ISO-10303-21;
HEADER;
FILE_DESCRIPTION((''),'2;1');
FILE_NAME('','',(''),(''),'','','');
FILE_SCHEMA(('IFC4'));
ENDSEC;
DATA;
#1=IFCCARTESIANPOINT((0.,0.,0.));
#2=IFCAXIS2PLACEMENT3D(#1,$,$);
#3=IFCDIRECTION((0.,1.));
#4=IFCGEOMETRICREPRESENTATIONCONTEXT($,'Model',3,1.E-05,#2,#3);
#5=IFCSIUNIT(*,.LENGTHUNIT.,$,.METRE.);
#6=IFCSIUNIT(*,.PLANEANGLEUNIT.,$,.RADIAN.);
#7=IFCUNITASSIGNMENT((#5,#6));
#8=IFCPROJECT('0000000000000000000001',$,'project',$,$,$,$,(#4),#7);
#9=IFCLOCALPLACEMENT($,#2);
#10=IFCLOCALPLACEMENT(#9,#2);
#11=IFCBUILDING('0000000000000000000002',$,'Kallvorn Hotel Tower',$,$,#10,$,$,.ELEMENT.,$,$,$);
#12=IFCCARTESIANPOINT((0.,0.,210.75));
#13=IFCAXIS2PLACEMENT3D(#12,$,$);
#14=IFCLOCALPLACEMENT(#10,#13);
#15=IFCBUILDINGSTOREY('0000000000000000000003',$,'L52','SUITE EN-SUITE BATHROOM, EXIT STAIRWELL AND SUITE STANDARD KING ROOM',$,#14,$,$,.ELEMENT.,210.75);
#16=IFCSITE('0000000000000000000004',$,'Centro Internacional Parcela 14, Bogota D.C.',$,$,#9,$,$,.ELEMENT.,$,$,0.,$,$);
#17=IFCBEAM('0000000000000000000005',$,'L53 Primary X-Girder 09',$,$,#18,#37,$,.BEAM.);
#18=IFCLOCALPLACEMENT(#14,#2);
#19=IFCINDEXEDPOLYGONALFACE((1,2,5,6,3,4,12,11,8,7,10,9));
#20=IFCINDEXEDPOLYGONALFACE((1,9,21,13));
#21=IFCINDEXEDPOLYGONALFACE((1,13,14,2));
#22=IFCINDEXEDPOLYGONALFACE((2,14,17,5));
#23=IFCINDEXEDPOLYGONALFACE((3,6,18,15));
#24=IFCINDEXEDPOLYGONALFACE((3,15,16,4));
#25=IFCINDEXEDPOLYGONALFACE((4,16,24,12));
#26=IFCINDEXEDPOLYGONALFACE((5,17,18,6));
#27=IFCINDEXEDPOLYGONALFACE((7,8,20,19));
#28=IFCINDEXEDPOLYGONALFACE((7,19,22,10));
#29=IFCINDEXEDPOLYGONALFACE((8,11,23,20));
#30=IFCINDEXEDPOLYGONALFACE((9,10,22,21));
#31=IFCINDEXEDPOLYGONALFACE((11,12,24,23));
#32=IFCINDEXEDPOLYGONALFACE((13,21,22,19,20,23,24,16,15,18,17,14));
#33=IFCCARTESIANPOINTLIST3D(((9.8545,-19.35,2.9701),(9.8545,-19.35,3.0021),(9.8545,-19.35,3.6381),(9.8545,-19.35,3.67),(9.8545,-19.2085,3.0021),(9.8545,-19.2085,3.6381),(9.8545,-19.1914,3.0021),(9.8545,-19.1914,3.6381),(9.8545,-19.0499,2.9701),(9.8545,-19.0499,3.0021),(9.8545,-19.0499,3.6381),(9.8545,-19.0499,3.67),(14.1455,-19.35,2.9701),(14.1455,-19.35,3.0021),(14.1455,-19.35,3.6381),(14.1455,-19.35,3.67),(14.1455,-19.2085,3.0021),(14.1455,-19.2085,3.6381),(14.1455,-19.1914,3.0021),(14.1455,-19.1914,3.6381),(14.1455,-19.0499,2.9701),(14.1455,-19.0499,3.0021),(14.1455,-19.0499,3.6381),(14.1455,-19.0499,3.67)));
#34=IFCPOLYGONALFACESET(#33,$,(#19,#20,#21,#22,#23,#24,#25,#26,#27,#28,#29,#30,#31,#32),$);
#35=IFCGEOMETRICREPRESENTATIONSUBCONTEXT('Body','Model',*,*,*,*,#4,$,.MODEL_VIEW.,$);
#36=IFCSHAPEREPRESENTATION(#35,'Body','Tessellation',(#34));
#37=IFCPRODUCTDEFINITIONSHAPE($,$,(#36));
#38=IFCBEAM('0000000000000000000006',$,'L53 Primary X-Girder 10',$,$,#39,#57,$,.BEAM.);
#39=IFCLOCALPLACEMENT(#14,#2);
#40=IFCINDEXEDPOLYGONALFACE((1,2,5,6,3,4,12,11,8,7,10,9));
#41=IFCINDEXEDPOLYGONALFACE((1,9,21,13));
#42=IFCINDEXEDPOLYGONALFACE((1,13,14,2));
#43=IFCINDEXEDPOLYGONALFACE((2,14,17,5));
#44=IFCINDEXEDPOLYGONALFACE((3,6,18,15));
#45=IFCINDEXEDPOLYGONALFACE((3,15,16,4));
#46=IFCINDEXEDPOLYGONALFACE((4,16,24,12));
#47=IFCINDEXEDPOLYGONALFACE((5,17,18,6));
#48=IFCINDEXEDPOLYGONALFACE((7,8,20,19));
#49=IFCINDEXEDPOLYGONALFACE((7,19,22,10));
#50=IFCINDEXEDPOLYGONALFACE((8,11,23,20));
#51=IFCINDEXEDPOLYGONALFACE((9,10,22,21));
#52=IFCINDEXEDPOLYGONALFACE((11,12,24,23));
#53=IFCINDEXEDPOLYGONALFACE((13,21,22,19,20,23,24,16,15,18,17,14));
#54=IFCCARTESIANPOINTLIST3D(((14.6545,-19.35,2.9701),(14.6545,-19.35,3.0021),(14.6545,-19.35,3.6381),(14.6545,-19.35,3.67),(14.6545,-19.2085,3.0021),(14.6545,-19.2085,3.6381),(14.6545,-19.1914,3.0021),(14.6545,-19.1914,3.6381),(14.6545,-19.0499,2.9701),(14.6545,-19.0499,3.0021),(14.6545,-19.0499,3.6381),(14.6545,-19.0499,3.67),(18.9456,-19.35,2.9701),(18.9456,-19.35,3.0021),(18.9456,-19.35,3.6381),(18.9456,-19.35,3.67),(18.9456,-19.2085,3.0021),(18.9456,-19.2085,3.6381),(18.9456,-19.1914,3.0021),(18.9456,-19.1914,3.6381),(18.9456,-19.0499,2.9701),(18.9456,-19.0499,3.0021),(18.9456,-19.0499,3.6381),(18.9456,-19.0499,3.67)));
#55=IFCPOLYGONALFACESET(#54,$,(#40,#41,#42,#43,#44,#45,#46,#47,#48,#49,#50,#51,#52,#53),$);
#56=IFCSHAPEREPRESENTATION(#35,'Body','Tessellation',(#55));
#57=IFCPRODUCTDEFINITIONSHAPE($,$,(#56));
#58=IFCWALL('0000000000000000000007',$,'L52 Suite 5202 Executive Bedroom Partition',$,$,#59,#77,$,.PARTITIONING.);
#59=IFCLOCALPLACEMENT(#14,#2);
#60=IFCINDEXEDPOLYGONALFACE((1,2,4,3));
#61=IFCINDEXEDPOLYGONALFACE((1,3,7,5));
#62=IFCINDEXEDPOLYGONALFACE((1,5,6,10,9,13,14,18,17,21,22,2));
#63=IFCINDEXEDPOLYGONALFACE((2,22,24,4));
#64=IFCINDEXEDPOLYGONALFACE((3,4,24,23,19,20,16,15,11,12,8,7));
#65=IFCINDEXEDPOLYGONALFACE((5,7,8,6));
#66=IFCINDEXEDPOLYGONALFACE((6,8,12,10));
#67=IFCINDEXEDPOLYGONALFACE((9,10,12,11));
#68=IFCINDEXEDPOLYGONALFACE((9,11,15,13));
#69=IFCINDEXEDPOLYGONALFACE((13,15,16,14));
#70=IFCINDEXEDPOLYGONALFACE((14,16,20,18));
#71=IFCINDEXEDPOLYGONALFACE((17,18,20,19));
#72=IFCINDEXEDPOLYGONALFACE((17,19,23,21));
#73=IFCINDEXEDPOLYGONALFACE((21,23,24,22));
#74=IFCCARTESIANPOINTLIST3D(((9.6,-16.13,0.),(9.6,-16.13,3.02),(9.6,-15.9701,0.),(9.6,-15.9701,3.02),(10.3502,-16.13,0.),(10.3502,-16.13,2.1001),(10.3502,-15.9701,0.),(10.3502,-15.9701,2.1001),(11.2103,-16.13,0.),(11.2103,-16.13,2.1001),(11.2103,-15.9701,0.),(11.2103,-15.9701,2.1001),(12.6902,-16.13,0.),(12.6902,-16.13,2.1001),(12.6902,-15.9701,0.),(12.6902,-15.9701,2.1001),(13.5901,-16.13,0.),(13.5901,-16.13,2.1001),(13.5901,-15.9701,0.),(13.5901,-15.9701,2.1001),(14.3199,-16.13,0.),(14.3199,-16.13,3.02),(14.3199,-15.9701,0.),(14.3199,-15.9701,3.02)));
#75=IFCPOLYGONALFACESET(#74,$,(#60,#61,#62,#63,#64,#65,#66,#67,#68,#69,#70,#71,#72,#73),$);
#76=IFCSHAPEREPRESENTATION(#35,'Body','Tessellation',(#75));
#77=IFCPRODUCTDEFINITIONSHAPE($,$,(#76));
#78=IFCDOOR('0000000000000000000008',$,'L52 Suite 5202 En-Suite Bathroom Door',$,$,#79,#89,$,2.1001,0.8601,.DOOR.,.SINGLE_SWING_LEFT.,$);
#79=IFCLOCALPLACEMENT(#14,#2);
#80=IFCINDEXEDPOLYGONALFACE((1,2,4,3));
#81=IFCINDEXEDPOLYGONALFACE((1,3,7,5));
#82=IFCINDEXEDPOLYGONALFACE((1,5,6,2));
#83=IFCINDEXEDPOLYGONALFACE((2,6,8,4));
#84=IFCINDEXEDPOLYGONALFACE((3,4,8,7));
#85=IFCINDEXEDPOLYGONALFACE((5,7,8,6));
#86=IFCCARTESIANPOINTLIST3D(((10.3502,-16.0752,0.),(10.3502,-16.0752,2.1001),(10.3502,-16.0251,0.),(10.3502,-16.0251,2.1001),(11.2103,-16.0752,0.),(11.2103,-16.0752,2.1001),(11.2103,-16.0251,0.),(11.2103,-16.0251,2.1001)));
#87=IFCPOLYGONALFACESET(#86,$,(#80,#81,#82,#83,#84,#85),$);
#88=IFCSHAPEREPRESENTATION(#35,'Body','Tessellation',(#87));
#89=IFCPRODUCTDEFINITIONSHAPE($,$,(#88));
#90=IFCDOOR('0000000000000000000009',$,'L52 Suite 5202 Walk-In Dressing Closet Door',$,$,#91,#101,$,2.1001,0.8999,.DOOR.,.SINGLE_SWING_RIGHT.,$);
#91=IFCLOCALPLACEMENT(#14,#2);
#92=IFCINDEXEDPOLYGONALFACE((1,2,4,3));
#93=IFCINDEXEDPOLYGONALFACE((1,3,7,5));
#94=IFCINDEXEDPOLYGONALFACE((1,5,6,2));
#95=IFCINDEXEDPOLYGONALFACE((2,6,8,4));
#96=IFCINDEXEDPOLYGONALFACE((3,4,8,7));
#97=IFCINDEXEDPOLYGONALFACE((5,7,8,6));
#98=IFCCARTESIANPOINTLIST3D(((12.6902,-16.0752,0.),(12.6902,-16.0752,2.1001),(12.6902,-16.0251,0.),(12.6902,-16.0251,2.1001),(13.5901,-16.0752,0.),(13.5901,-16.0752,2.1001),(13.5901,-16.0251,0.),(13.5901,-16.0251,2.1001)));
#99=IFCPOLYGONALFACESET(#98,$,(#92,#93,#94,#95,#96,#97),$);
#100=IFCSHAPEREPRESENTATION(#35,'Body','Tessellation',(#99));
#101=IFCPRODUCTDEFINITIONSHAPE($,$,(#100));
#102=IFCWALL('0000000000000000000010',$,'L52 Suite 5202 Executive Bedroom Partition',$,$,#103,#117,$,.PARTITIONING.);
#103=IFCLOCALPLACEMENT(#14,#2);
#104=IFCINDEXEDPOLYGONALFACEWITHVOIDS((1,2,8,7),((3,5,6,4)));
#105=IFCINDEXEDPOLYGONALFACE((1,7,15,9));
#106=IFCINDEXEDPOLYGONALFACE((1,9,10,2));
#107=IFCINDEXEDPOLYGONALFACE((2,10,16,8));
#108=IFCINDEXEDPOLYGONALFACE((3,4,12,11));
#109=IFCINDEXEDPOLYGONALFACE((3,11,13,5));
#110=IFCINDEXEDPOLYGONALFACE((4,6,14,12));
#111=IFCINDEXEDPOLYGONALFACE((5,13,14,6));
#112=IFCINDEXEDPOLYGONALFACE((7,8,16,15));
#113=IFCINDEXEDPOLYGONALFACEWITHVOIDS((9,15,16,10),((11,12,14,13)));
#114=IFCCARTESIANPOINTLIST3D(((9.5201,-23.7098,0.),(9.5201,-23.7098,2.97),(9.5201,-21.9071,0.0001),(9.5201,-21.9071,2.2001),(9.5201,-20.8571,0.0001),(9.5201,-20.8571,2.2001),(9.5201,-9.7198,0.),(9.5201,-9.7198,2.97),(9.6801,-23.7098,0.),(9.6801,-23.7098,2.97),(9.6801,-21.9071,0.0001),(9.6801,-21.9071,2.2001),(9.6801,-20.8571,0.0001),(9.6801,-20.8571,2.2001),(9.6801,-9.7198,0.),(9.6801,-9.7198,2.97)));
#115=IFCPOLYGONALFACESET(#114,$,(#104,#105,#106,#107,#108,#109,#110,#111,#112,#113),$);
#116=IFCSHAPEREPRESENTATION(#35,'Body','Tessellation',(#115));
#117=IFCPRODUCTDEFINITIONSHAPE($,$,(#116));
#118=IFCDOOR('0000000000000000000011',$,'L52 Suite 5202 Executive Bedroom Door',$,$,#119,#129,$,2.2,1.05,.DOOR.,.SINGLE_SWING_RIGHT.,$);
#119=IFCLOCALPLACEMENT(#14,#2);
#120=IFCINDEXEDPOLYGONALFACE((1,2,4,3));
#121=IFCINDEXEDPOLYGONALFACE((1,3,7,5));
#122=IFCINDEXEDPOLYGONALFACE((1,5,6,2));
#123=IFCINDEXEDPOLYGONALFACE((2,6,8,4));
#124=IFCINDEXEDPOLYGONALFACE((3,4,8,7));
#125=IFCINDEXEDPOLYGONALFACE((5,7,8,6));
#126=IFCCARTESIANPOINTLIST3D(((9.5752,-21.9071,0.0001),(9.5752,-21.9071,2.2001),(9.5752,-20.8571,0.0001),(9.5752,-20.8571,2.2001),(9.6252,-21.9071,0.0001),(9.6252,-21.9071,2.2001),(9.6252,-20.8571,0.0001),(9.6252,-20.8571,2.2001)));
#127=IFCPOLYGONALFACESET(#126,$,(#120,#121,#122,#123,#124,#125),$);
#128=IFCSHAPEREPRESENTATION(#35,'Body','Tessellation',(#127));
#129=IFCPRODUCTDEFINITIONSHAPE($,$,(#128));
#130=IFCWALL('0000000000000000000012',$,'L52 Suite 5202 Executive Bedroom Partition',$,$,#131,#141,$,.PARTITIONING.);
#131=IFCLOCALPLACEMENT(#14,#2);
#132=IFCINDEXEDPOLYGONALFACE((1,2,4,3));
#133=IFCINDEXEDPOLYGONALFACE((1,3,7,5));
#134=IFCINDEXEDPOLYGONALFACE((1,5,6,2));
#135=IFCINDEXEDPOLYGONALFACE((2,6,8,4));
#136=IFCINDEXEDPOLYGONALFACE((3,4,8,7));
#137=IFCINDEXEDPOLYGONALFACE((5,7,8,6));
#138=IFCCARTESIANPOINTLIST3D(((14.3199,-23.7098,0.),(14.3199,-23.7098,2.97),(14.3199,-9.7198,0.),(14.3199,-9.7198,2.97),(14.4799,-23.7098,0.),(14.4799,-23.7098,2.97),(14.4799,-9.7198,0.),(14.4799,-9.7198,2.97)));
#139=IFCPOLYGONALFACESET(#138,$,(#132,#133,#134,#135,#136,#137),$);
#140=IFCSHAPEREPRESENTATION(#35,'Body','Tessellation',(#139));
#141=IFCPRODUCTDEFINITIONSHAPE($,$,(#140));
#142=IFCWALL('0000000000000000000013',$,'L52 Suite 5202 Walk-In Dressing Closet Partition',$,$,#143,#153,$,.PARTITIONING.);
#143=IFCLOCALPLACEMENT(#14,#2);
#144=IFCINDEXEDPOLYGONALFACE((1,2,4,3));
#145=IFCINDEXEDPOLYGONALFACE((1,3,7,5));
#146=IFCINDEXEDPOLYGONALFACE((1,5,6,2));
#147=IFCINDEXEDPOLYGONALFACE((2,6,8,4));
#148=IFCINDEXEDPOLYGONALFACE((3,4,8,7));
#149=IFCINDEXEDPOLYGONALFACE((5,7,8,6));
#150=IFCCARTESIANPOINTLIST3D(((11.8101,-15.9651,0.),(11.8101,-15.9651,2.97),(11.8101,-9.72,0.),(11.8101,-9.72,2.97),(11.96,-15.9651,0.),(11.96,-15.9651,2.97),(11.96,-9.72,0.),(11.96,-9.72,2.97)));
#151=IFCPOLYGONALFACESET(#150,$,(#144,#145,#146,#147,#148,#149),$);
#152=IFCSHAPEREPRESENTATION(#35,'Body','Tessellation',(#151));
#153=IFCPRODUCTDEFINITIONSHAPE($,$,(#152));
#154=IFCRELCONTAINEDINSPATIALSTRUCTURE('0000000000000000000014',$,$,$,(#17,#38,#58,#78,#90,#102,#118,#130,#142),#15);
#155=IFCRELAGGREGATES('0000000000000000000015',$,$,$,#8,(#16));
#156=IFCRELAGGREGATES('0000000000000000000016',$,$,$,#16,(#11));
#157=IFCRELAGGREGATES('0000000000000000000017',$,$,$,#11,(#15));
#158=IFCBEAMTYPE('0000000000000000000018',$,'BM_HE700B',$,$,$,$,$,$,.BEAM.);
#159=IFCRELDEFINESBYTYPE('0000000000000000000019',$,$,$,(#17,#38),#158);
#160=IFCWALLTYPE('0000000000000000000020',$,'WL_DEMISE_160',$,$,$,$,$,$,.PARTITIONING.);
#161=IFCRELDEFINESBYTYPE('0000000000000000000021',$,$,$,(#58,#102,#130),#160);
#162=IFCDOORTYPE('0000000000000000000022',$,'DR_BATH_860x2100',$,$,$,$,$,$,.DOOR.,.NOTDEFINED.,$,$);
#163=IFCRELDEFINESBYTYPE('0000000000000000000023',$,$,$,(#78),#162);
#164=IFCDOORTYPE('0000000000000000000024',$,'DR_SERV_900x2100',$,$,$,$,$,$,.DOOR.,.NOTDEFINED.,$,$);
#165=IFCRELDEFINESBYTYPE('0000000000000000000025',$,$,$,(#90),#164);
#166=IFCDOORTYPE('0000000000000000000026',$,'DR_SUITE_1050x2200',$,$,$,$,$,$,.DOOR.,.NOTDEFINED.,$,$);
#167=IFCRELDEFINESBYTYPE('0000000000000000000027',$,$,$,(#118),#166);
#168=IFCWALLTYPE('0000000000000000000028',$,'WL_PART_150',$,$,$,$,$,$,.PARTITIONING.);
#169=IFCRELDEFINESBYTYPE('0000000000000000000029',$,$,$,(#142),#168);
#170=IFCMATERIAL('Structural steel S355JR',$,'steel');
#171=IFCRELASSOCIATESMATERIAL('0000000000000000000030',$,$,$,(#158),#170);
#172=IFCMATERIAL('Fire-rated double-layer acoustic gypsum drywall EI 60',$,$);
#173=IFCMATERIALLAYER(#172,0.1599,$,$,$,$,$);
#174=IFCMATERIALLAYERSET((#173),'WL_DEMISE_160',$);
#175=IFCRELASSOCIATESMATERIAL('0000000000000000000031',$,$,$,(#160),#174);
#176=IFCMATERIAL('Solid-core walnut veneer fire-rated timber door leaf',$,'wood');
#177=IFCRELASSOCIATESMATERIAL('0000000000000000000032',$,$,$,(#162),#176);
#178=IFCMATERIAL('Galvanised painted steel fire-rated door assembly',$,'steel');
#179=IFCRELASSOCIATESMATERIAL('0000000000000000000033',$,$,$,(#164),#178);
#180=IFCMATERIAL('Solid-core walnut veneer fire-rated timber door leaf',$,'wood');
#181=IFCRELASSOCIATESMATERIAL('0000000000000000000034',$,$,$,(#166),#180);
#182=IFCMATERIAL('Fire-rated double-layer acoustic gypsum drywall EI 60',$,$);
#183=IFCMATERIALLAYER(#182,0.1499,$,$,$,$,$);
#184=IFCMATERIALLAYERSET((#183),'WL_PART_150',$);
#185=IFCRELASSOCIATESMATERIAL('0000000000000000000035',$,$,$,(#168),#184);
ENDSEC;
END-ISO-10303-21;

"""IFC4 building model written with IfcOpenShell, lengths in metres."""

from ifc_helpers import new_model, si_unit, direction, frame, frame_2d, origin, origin_2d, place, context, subcontext, project, spatial, rectangle, i_section, extrude, material, layer, layer_set, material_profile, profile_set, type_object, element, fill, save


model = new_model("IFC4")

# Units and contexts
model_context = context("Model", 3, precision=1e-05, world=origin(), true_north=direction((0.0, 1.0)))
body_context = subcontext(model_context, "Body", "Model", "MODEL_VIEW")
ifc_project = project(units=[si_unit("LENGTHUNIT", "METRE"), si_unit("PLANEANGLEUNIT", "RADIAN")], contexts=[model_context])

# Site, building, storey
site_placement = place(None, origin())
site = spatial("IfcSite", under=ifc_project, at=site_placement, Name="Centro Internacional Parcela 14, Bogota D.C.", CompositionType="ELEMENT", RefElevation=0.0)
building_placement = place(site_placement, origin())
building = spatial("IfcBuilding", under=site, at=building_placement, Name="Kallvorn Hotel Tower", CompositionType="ELEMENT")
storey_placement = place(building_placement, frame((0.0, 0.0, 210.75)))
storey = spatial("IfcBuildingStorey", under=building, at=storey_placement, Name="L52", Description="SUITE EN-SUITE BATHROOM, EXIT STAIRWELL AND SUITE STANDARD KING ROOM", CompositionType="ELEMENT", Elevation=210.75)

# Beams
ifc_material_1 = material(Name="Structural steel S355JR", Category="steel")
ifc_material_profile_1 = material_profile(ifc_material_1, i_section(OverallWidth=0.3, OverallDepth=0.7, WebThickness=0.0171, FlangeThickness=0.032, at=origin_2d()), Name="HE 700 B")
ifc_profile_set_1 = profile_set([ifc_material_profile_1], Name="Structural steel S355JR")
beam_type_1 = type_object("IfcBeamType", Name="BM_HE700B", PredefinedType="BEAM", material=ifc_profile_set_1)
for number, where, z_axis, x_axis, name in (
    (1, (9.8545, -19.2, 3.3201), (1.0, 0.0, 0.0), (0.0, 1.0, 0.0), "L53 Primary X-Girder 09"),
    (2, (14.6545, -19.2, 3.3201), (1.0, 0.0, 0.0), (0.0, 1.0, 0.0), "L53 Primary X-Girder 10"),
):
    element("IfcBeam", number, at=place(storey_placement, frame(where, z_axis=z_axis, x_axis=x_axis)), inside=storey, type_object=beam_type_1, Name=name, PredefinedType="BEAM", context=body_context, shape_type="SweptSolid", body=[
        extrude(i_section(OverallWidth=0.3, OverallDepth=0.7, WebThickness=0.0171, FlangeThickness=0.032, at=origin_2d()), origin(), (0.0, 0.0, 1.0), 4.291),
    ])

# Wall, openings, doors
ifc_material_2 = material(Name="Fire-rated double-layer acoustic gypsum drywall EI 60")
ifc_layer_1 = layer(ifc_material_2, 0.1599)
ifc_layer_set_1 = layer_set([ifc_layer_1], Name="WL_DEMISE_160")
wall_type_1 = type_object("IfcWallType", Name="WL_DEMISE_160", PredefinedType="PARTITIONING", material=ifc_layer_set_1)
wall_1_placement = place(storey_placement, frame((9.6001, -16.05, 0.0), z_axis=(0.0, 0.0, 1.0), x_axis=(1.0, 0.0, 0.0)))
wall_1 = element("IfcWall", 3, at=wall_1_placement, inside=storey, type_object=wall_type_1, Name="L52 Suite 5202 Executive Bedroom Partition", PredefinedType="PARTITIONING", context=body_context, shape_type="SweptSolid", body=[
    extrude(rectangle(XDim=4.72, YDim=0.1599, at=frame_2d((2.3599, 0.0))), origin(), (0.0, 0.0, 1.0), 3.02),
])
opening_1_placement = place(wall_1_placement, frame((0.75, 0.0, 0.0)))
opening_1 = element("IfcOpeningElement", 4, at=opening_1_placement, cuts=wall_1, PredefinedType="OPENING", context=body_context, shape_type="SweptSolid", body=[
    extrude(rectangle(XDim=0.8601, YDim=2.1001, at=frame_2d((0.4302, 1.05))), frame((0.0, 0.095, 0.0), z_axis=(0.0, -1.0, 0.0), x_axis=(1.0, 0.0, 0.0)), (0.0, 0.0, 1.0), 0.1899),
])
opening_2_placement = place(wall_1_placement, frame((3.0901, 0.0, 0.0)))
opening_2 = element("IfcOpeningElement", 5, at=opening_2_placement, cuts=wall_1, PredefinedType="OPENING", context=body_context, shape_type="SweptSolid", body=[
    extrude(rectangle(XDim=0.8999, YDim=2.1001, at=frame_2d((0.45, 1.05))), frame((0.0, 0.095, 0.0), z_axis=(0.0, -1.0, 0.0), x_axis=(1.0, 0.0, 0.0)), (0.0, 0.0, 1.0), 0.1899),
])
ifc_material_3 = material(Name="Solid-core walnut veneer fire-rated timber door leaf", Category="wood")
door_type_1 = type_object("IfcDoorType", Name="DR_BATH_860x2100", OperationType="NOTDEFINED", PredefinedType="DOOR", material=ifc_material_3)
door_1_placement = place(opening_1_placement, origin())
door_1 = element("IfcDoor", 6, at=door_1_placement, inside=storey, type_object=door_type_1, Name="L52 Suite 5202 En-Suite Bathroom Door", OperationType="SINGLE_SWING_LEFT", OverallHeight=2.1001, OverallWidth=0.8601, PredefinedType="DOOR", context=body_context, shape_type="SweptSolid", body=[
    extrude(rectangle(XDim=0.8601, YDim=2.1001, at=frame_2d((0.4302, 1.05))), frame((0.0, 0.0249, 0.0), z_axis=(0.0, -1.0, 0.0), x_axis=(1.0, 0.0, 0.0)), (0.0, 0.0, 1.0), 0.05),
])
fill(opening_1, door_1)
ifc_material_4 = material(Name="Galvanised painted steel fire-rated door assembly", Category="steel")
door_type_2 = type_object("IfcDoorType", Name="DR_SERV_900x2100", OperationType="NOTDEFINED", PredefinedType="DOOR", material=ifc_material_4)
door_2_placement = place(opening_2_placement, origin())
door_2 = element("IfcDoor", 7, at=door_2_placement, inside=storey, type_object=door_type_2, Name="L52 Suite 5202 Walk-In Dressing Closet Door", OperationType="SINGLE_SWING_RIGHT", OverallHeight=2.1001, OverallWidth=0.8999, PredefinedType="DOOR", context=body_context, shape_type="SweptSolid", body=[
    extrude(rectangle(XDim=0.8999, YDim=2.1001, at=frame_2d((0.45, 1.05))), frame((0.0, 0.0249, 0.0), z_axis=(0.0, -1.0, 0.0), x_axis=(1.0, 0.0, 0.0)), (0.0, 0.0, 1.0), 0.05),
])
fill(opening_2, door_2)

# Wall, opening, door
wall_2_placement = place(storey_placement, frame((9.6001, -23.71, 0.0), z_axis=(0.0, 0.0, 1.0), x_axis=(0.0, 1.0, 0.0)))
wall_2 = element("IfcWall", 8, at=wall_2_placement, inside=storey, type_object=wall_type_1, Name="L52 Suite 5202 Executive Bedroom Partition", PredefinedType="PARTITIONING", context=body_context, shape_type="SweptSolid", body=[
    extrude(rectangle(XDim=13.99, YDim=0.1599, at=frame_2d((6.9951, 0.0))), origin(), (0.0, 0.0, 1.0), 2.97),
])
opening_3_placement = place(wall_2_placement, frame((1.803, 0.0, 0.0)))
opening_3 = element("IfcOpeningElement", 9, at=opening_3_placement, cuts=wall_2, PredefinedType="OPENING", context=body_context, shape_type="SweptSolid", body=[
    extrude(rectangle(XDim=1.05, YDim=2.2, at=frame_2d((0.5249, 1.1001))), frame((0.0, 0.095, 0.0), z_axis=(0.0, -1.0, 0.0), x_axis=(1.0, 0.0, 0.0)), (0.0, 0.0, 1.0), 0.1899),
])
ifc_material_5 = material(Name="Solid-core walnut veneer fire-rated timber door leaf", Category="wood")
door_type_3 = type_object("IfcDoorType", Name="DR_SUITE_1050x2200", OperationType="NOTDEFINED", PredefinedType="DOOR", material=ifc_material_5)
door_3_placement = place(opening_3_placement, origin())
door_3 = element("IfcDoor", 10, at=door_3_placement, inside=storey, type_object=door_type_3, Name="L52 Suite 5202 Executive Bedroom Door", OperationType="SINGLE_SWING_RIGHT", OverallHeight=2.2, OverallWidth=1.05, PredefinedType="DOOR", context=body_context, shape_type="SweptSolid", body=[
    extrude(rectangle(XDim=1.05, YDim=2.2, at=frame_2d((0.5249, 1.1001))), frame((0.0, 0.0249, 0.0), z_axis=(0.0, -1.0, 0.0), x_axis=(1.0, 0.0, 0.0)), (0.0, 0.0, 1.0), 0.05),
])
fill(opening_3, door_3)

# Walls
wall_3_placement = place(storey_placement, frame((14.3999, -23.71, 0.0), z_axis=(0.0, 0.0, 1.0), x_axis=(0.0, 1.0, 0.0)))
element("IfcWall", 11, at=wall_3_placement, inside=storey, type_object=wall_type_1, Name="L52 Suite 5202 Executive Bedroom Partition", PredefinedType="PARTITIONING", context=body_context, shape_type="SweptSolid", body=[
    extrude(rectangle(XDim=13.99, YDim=0.1599, at=frame_2d((6.9951, 0.0))), origin(), (0.0, 0.0, 1.0), 2.97),
])
ifc_material_6 = material(Name="Fire-rated double-layer acoustic gypsum drywall EI 60")
ifc_layer_2 = layer(ifc_material_6, 0.1499)
ifc_layer_set_2 = layer_set([ifc_layer_2], Name="WL_PART_150")
wall_type_2 = type_object("IfcWallType", Name="WL_PART_150", PredefinedType="PARTITIONING", material=ifc_layer_set_2)
wall_4_placement = place(storey_placement, frame((11.885, -15.9651, 0.0), z_axis=(0.0, 0.0, 1.0), x_axis=(0.0, 1.0, 0.0)))
element("IfcWall", 12, at=wall_4_placement, inside=storey, type_object=wall_type_2, Name="L52 Suite 5202 Walk-In Dressing Closet Partition", PredefinedType="PARTITIONING", context=body_context, shape_type="SweptSolid", body=[
    extrude(rectangle(XDim=6.2451, YDim=0.1499, at=frame_2d((3.1226, 0.0))), origin(), (0.0, 0.0, 1.0), 2.97),
])

save(model, "model.ifc")
